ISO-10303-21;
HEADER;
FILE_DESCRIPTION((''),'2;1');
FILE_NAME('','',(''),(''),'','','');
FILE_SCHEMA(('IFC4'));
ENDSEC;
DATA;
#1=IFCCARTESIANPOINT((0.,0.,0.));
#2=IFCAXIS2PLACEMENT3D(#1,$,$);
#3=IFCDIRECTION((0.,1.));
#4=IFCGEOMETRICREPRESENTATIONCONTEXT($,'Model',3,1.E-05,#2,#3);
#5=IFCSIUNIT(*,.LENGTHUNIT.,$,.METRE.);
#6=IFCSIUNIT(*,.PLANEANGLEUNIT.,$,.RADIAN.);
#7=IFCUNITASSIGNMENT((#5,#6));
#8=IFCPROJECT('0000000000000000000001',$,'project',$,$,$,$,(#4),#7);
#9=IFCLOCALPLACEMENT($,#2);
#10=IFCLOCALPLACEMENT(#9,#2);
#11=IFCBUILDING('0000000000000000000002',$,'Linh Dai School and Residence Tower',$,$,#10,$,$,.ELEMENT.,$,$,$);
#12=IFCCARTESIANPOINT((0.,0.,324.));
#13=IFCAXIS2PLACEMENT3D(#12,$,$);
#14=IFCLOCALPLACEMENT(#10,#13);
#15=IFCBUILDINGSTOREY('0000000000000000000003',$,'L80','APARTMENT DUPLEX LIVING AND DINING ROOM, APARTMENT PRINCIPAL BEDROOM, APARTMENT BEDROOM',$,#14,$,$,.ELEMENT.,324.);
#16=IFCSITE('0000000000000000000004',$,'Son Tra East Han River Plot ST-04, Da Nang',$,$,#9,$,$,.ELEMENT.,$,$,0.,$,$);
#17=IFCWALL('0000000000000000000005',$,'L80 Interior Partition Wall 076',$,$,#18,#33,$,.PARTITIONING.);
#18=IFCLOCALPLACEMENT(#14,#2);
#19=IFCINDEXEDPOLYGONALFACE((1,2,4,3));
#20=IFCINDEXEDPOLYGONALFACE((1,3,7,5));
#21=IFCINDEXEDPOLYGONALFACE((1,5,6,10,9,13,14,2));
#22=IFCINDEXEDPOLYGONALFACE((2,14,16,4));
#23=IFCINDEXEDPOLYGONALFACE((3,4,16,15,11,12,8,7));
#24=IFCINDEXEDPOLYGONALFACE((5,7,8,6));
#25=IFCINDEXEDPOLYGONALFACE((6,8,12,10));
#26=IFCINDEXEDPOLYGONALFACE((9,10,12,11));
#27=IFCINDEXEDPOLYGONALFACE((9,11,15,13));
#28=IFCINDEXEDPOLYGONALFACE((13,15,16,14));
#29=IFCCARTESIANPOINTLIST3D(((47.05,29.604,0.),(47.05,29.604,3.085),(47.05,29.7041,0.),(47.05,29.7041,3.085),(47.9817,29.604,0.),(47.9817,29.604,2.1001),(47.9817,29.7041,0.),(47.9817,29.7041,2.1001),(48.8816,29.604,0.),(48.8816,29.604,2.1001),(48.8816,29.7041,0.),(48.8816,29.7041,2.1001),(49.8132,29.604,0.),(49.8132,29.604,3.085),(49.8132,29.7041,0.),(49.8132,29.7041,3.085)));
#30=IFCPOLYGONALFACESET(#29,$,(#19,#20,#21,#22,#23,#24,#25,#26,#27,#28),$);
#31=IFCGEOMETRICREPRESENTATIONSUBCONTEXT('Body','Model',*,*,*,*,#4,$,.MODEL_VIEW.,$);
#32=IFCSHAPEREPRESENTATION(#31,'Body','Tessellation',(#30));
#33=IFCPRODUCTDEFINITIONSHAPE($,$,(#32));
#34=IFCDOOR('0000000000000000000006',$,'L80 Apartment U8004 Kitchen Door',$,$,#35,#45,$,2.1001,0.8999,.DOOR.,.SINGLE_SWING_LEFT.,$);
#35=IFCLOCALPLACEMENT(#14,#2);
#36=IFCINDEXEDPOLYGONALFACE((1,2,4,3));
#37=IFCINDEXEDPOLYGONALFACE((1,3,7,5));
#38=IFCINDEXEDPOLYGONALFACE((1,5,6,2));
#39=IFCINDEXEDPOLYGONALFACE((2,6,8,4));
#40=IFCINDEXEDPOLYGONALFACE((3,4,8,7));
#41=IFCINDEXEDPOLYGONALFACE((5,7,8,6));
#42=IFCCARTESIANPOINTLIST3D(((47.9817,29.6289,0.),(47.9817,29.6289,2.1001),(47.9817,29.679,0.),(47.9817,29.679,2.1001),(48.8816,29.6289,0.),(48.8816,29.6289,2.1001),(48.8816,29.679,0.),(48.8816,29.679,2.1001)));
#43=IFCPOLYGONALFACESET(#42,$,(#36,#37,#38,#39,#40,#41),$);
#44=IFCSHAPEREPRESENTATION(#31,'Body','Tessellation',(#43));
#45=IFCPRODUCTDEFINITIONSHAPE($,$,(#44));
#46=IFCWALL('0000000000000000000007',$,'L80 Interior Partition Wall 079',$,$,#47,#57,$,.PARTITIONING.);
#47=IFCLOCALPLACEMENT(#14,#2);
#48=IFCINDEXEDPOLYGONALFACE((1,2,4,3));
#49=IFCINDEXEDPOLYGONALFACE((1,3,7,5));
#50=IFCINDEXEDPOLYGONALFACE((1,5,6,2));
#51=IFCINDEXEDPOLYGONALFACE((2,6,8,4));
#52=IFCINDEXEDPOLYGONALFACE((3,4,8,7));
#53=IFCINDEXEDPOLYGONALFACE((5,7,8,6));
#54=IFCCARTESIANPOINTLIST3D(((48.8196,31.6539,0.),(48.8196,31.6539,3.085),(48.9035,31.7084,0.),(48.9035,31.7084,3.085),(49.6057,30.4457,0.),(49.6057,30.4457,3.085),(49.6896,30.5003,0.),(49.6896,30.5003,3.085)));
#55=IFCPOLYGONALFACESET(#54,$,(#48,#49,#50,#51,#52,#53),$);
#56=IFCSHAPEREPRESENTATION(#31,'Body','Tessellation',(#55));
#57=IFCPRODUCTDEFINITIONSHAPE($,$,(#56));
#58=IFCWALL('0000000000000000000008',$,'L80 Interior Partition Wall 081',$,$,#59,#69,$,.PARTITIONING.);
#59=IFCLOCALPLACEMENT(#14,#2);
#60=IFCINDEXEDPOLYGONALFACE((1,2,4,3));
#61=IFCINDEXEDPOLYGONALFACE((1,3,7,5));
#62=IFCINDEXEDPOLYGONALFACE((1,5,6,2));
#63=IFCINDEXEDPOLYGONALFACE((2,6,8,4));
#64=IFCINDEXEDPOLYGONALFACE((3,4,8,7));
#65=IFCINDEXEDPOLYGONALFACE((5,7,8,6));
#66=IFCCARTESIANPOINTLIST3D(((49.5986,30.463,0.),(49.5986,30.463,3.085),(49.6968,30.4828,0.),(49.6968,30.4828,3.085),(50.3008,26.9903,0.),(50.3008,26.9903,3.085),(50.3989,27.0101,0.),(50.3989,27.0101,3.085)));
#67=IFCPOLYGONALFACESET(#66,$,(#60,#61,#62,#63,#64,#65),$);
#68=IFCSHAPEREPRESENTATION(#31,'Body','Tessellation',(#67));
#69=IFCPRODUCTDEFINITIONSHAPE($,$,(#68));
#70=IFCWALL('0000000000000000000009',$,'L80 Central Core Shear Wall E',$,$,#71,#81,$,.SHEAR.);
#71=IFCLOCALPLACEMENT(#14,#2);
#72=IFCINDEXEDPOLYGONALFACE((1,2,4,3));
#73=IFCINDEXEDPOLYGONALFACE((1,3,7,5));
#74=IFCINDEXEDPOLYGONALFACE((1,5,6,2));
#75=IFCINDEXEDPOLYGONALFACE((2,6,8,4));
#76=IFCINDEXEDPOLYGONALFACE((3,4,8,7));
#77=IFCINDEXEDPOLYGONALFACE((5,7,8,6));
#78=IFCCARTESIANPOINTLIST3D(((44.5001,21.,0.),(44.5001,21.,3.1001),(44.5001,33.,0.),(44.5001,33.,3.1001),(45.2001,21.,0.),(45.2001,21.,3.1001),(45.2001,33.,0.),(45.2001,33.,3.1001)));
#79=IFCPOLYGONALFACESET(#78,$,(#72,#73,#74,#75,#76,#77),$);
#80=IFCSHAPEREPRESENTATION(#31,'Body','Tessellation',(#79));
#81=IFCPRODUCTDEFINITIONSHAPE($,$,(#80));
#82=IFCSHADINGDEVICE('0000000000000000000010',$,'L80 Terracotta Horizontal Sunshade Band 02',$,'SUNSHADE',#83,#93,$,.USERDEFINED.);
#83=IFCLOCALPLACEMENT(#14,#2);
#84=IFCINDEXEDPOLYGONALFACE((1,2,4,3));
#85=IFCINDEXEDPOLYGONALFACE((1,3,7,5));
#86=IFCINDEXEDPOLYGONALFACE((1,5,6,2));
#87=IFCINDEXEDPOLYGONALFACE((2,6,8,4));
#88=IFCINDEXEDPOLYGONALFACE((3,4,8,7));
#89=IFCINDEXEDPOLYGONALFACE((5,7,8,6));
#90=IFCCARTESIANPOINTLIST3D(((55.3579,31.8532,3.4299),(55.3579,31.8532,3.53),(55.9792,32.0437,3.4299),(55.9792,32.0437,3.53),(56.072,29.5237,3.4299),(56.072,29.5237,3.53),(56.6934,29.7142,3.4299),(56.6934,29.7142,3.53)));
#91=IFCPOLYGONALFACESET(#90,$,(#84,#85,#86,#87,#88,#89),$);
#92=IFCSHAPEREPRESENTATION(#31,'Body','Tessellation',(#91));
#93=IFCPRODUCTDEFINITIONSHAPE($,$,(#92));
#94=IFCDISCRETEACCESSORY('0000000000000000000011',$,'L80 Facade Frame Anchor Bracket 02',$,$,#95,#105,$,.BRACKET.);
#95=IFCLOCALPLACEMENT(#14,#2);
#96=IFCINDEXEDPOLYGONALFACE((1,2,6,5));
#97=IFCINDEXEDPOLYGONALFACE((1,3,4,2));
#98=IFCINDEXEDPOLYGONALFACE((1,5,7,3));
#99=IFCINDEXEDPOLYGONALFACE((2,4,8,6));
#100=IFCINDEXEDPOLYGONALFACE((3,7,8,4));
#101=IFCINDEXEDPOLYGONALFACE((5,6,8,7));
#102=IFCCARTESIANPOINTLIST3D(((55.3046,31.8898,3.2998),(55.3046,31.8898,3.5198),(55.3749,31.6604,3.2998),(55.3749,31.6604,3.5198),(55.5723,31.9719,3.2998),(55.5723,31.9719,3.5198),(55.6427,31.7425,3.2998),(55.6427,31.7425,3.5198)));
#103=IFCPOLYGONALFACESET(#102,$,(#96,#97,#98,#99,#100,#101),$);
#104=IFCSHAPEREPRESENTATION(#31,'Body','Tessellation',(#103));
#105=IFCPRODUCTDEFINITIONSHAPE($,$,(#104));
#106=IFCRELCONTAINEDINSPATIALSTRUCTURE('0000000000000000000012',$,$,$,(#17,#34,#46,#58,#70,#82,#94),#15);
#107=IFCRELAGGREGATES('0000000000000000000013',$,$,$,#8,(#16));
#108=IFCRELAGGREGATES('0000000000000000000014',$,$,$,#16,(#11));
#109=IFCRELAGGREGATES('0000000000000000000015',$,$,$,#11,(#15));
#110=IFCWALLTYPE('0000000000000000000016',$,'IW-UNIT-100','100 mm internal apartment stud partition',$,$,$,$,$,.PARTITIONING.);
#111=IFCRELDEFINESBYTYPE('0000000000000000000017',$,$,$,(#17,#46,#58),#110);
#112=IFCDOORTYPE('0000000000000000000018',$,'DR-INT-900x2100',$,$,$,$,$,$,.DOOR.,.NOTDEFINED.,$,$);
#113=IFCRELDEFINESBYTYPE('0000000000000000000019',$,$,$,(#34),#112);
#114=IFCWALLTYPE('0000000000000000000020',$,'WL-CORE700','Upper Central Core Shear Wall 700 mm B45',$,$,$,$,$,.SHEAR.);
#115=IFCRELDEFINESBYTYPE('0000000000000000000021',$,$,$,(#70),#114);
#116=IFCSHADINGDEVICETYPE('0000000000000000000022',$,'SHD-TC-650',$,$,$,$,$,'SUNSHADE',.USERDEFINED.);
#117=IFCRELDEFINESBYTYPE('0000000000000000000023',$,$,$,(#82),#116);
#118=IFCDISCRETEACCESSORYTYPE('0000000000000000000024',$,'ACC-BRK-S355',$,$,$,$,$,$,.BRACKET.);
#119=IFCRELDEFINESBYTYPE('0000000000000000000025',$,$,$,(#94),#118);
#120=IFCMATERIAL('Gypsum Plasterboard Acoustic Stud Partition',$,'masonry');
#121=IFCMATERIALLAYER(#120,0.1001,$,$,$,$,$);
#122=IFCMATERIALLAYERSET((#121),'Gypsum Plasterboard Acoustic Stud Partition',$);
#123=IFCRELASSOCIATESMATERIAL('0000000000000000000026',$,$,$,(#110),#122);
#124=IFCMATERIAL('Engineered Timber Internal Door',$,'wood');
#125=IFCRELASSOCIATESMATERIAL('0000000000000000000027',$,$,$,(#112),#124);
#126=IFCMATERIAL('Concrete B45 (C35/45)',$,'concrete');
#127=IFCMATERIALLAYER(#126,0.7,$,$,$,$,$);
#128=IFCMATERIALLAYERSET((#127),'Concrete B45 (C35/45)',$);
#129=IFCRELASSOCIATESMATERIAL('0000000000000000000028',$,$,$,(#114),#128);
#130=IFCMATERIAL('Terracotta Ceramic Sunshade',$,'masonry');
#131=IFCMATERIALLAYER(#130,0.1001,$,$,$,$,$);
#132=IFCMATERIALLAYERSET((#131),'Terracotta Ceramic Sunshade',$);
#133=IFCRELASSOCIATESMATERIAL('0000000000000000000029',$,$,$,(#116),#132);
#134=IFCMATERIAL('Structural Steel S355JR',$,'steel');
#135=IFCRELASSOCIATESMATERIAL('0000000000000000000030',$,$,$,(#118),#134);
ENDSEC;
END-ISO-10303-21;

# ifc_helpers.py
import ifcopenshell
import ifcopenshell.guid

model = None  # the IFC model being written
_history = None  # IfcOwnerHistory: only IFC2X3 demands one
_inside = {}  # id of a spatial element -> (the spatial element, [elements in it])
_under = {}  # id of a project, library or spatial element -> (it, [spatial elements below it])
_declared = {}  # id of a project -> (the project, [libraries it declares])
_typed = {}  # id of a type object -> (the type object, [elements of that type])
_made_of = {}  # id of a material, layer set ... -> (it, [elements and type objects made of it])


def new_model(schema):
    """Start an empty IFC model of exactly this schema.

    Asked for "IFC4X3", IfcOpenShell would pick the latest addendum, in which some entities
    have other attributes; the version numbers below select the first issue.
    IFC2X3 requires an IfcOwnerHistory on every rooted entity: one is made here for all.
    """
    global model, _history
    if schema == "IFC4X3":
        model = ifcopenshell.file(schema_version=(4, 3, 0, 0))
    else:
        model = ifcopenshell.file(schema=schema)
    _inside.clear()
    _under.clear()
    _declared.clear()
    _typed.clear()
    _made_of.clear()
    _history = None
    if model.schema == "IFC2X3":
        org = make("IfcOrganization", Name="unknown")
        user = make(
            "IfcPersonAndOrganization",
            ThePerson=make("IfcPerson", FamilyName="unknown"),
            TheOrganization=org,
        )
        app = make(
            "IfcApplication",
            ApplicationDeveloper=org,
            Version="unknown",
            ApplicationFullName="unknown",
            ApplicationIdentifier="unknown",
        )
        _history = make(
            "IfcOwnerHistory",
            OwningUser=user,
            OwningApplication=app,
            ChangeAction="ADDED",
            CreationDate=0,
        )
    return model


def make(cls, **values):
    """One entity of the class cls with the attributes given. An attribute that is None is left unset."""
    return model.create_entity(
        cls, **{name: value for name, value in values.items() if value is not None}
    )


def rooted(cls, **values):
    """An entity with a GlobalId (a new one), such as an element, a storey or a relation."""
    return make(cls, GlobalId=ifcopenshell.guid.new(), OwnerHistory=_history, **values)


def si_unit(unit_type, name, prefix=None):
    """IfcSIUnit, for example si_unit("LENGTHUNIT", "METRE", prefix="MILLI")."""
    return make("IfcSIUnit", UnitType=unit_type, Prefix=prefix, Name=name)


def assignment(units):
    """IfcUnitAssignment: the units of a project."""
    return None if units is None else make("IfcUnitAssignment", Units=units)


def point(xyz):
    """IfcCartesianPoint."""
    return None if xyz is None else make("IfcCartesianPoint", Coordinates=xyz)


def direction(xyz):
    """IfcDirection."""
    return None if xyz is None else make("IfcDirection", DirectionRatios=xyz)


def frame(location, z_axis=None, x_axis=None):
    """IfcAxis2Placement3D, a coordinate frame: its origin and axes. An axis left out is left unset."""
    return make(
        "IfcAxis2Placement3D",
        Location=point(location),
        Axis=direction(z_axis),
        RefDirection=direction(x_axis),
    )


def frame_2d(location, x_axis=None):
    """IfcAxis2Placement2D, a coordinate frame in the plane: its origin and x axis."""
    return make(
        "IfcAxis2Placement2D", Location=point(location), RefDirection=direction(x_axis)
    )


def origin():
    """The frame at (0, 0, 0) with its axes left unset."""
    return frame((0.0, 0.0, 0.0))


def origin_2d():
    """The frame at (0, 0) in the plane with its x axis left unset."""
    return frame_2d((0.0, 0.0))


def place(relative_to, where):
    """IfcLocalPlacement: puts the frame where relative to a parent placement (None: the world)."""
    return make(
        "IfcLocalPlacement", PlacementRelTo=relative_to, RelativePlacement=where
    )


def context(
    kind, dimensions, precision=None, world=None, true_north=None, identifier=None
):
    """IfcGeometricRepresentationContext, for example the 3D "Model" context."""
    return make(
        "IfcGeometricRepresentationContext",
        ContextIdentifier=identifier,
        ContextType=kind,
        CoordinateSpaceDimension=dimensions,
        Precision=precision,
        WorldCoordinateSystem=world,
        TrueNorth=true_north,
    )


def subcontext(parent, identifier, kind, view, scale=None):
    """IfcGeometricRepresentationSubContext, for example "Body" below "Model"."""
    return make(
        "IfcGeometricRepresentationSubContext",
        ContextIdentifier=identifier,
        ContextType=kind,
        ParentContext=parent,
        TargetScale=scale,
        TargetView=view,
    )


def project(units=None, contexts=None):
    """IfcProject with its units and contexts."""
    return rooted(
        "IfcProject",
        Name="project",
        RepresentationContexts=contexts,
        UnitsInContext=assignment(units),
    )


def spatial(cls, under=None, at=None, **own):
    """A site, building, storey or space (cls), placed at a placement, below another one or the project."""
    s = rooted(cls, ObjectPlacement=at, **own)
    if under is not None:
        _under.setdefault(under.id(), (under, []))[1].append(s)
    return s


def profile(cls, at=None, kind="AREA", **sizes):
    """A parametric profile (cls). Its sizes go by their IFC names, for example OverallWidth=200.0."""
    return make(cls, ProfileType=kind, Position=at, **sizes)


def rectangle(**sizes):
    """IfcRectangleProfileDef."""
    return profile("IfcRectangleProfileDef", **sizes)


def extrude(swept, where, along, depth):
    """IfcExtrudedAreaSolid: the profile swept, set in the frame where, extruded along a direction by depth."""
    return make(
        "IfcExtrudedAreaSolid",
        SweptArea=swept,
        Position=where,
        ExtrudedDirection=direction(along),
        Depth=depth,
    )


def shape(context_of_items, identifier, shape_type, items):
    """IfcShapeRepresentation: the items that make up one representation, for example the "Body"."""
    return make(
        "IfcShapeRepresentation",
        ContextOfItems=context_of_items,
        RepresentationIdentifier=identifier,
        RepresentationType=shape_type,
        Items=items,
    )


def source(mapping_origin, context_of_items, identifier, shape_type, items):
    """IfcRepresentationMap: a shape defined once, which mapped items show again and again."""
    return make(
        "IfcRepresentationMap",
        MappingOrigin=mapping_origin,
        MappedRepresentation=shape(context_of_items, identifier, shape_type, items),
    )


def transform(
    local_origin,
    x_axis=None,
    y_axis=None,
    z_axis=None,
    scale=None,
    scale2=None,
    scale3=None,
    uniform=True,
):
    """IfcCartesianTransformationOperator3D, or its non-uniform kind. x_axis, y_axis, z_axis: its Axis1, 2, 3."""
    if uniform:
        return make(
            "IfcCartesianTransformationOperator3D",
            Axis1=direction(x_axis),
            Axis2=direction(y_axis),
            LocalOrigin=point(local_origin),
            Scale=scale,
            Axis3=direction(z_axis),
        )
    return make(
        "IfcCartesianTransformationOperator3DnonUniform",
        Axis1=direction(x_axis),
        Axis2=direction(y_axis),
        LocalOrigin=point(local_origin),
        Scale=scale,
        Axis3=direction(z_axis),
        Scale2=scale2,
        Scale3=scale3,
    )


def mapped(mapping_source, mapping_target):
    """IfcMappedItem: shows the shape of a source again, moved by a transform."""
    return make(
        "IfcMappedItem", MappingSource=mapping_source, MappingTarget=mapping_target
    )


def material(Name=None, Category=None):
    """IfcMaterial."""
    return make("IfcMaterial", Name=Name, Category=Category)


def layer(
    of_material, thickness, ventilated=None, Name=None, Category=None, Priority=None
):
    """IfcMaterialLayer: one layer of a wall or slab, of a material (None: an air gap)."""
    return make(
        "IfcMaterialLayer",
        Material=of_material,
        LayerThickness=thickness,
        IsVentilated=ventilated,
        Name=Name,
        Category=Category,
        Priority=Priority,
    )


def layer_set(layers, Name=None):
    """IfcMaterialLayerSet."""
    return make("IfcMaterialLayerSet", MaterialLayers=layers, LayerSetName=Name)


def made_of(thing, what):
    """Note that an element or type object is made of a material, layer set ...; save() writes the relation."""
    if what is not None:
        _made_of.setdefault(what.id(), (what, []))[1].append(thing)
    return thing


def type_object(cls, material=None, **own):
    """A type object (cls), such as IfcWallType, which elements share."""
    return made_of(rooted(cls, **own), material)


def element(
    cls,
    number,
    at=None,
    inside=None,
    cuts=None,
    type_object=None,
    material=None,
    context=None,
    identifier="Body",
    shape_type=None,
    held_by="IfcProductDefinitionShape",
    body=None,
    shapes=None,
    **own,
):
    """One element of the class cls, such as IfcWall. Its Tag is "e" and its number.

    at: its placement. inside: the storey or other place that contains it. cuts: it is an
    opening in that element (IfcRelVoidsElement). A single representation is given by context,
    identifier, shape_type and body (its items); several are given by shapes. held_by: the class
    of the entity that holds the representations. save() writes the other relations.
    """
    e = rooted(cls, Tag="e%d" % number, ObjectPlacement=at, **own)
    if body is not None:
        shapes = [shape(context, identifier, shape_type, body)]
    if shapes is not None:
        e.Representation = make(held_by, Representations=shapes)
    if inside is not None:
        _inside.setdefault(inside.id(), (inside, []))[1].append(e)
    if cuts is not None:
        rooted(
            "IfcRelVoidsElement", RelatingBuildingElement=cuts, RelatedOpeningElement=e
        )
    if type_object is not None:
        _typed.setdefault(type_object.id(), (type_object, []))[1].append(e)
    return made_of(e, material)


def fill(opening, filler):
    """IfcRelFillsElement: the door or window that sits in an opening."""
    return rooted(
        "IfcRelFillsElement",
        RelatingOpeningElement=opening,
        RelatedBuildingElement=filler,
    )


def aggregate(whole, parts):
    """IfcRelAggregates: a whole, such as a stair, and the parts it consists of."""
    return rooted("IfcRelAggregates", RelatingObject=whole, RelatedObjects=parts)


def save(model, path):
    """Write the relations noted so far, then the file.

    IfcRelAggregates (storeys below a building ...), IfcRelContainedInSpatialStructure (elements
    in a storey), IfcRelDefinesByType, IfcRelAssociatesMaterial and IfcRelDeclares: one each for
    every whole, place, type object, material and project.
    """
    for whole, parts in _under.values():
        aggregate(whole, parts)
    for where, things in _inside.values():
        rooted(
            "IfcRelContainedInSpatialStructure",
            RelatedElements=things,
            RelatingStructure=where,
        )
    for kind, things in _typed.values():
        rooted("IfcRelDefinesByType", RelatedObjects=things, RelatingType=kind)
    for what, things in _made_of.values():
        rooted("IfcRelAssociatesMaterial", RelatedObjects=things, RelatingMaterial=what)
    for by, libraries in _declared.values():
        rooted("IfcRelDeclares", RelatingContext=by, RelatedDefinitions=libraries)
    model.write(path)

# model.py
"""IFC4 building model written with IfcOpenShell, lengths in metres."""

from ifc_helpers import new_model, si_unit, direction, frame, frame_2d, origin, origin_2d, place, context, subcontext, project, spatial, rectangle, extrude, source, transform, mapped, material, layer, layer_set, type_object, element, fill, save


model = new_model("IFC4")

# Units and contexts
model_context = context("Model", 3, precision=1e-05, world=origin(), true_north=direction((0.0, 1.0)))
body_context = subcontext(model_context, "Body", "Model", "MODEL_VIEW")
ifc_project = project(units=[si_unit("LENGTHUNIT", "METRE"), si_unit("PLANEANGLEUNIT", "RADIAN")], contexts=[model_context])

# Site, building, storey
site_placement = place(None, origin())
site = spatial("IfcSite", under=ifc_project, at=site_placement, Name="Son Tra East Han River Plot ST-04, Da Nang", CompositionType="ELEMENT", RefElevation=0.0)
building_placement = place(site_placement, origin())
building = spatial("IfcBuilding", under=site, at=building_placement, Name="Linh Dai School and Residence Tower", CompositionType="ELEMENT")
storey_placement = place(building_placement, frame((0.0, 0.0, 324.0)))
storey = spatial("IfcBuildingStorey", under=building, at=storey_placement, Name="L80", Description="APARTMENT DUPLEX LIVING AND DINING ROOM, APARTMENT PRINCIPAL BEDROOM, APARTMENT BEDROOM", CompositionType="ELEMENT", Elevation=324.0)

# Shared definitions
ifc_material_1 = material(Name="Concrete B45 (C35/45)", Category="concrete")
ifc_material_2 = material(Name="Structural Steel S355JR", Category="steel")

# Wall, opening, door
ifc_material_3 = material(Name="Gypsum Plasterboard Acoustic Stud Partition", Category="masonry")
ifc_layer_1 = layer(ifc_material_3, 0.1001)
ifc_layer_set_1 = layer_set([ifc_layer_1], Name="Gypsum Plasterboard Acoustic Stud Partition")
wall_type_1 = type_object("IfcWallType", Name="IW-UNIT-100", Description="100 mm internal apartment stud partition", PredefinedType="PARTITIONING", material=ifc_layer_set_1)
wall_1_placement = place(storey_placement, frame((47.05, 29.6541, 0.0), z_axis=(0.0, 0.0, 1.0), x_axis=(1.0, 0.0, 0.0)))
wall_1 = element("IfcWall", 1, at=wall_1_placement, inside=storey, type_object=wall_type_1, Name="L80 Interior Partition Wall 076", PredefinedType="PARTITIONING", context=body_context, shape_type="SweptSolid", body=[
    extrude(rectangle(XDim=2.7632, YDim=0.1001, at=frame_2d((1.3816, 0.0))), origin(), (0.0, 0.0, 1.0), 3.085),
])
opening_1_placement = place(wall_1_placement, frame((0.9316, 0.0, 0.0)))
opening_1 = element("IfcOpeningElement", 2, at=opening_1_placement, cuts=wall_1, PredefinedType="OPENING", context=body_context, shape_type="SweptSolid", body=[
    extrude(rectangle(XDim=0.8999, YDim=2.1001, at=origin_2d()), frame((0.45, 0.0601, 1.05), z_axis=(0.0, -1.0, 0.0), x_axis=(1.0, 0.0, 0.0)), (0.0, 0.0, 1.0), 0.1201),
])
ifc_material_4 = material(Name="Engineered Timber Internal Door", Category="wood")
door_type = type_object("IfcDoorType", Name="DR-INT-900x2100", OperationType="NOTDEFINED", PredefinedType="DOOR", material=ifc_material_4)
shared_shape_1 = source(origin(), body_context, "Body", "SweptSolid", [
    extrude(rectangle(XDim=0.8999, YDim=2.1001, at=origin_2d()), frame((0.45, 0.0249, 1.05), z_axis=(0.0, -1.0, 0.0), x_axis=(1.0, 0.0, 0.0)), (0.0, 0.0, 1.0), 0.05),
])
door_placement = place(opening_1_placement, origin())
door = element("IfcDoor", 3, at=door_placement, inside=storey, type_object=door_type, Name="L80 Apartment U8004 Kitchen Door", OperationType="SINGLE_SWING_LEFT", OverallHeight=2.1001, OverallWidth=0.8999, PredefinedType="DOOR", context=body_context, shape_type="MappedRepresentation", body=[
    mapped(shared_shape_1, transform((0.0, 0.0, 0.0), x_axis=(1.0, 0.0, 0.0), y_axis=(0.0, 1.0, 0.0), z_axis=(0.0, 0.0, 1.0), scale=1.0)),
])
fill(opening_1, door)

# Walls
wall_2_placement = place(storey_placement, frame((48.8616, 31.6812, 0.0), z_axis=(0.0, 0.0, 1.0), x_axis=(0.545363, -0.8382, 0.0)))
element("IfcWall", 4, at=wall_2_placement, inside=storey, type_object=wall_type_1, Name="L80 Interior Partition Wall 079", PredefinedType="PARTITIONING", context=body_context, shape_type="SweptSolid", body=[
    extrude(rectangle(XDim=1.4414, YDim=0.1001, at=frame_2d((0.7207, 0.0))), origin(), (0.0, 0.0, 1.0), 3.085),
])
wall_3_placement = place(storey_placement, frame((49.6477, 30.4729, 0.0), z_axis=(0.0, 0.0, 1.0), x_axis=(0.198183, -0.980165, 0.0)))
element("IfcWall", 5, at=wall_3_placement, inside=storey, type_object=wall_type_1, Name="L80 Interior Partition Wall 081", PredefinedType="PARTITIONING", context=body_context, shape_type="SweptSolid", body=[
    extrude(rectangle(XDim=3.543, YDim=0.1001, at=frame_2d((1.7715, 0.0))), origin(), (0.0, 0.0, 1.0), 3.085),
])
ifc_layer_2 = layer(ifc_material_1, 0.7)
ifc_layer_set_2 = layer_set([ifc_layer_2], Name="Concrete B45 (C35/45)")
wall_type_2 = type_object("IfcWallType", Name="WL-CORE700", Description="Upper Central Core Shear Wall 700 mm B45", PredefinedType="SHEAR", material=ifc_layer_set_2)
wall_4_placement = place(storey_placement, frame((44.8501, 33.0, 0.0), z_axis=(0.0, 0.0, 1.0), x_axis=(0.0, -1.0, 0.0)))
element("IfcWall", 6, at=wall_4_placement, inside=storey, type_object=wall_type_2, Name="L80 Central Core Shear Wall E", PredefinedType="SHEAR", context=body_context, shape_type="SweptSolid", body=[
    extrude(rectangle(XDim=12.0, YDim=0.7, at=frame_2d((6.0, 0.0))), origin(), (0.0, 0.0, 1.0), 3.1001),
])

# Shading device
ifc_material_5 = material(Name="Terracotta Ceramic Sunshade", Category="masonry")
ifc_layer_3 = layer(ifc_material_5, 0.1001)
ifc_layer_set_3 = layer_set([ifc_layer_3], Name="Terracotta Ceramic Sunshade")
shading_device_type = type_object("IfcShadingDeviceType", Name="SHD-TC-650", ElementType="SUNSHADE", PredefinedType="USERDEFINED", material=ifc_layer_set_3)
shared_shape_2 = source(origin(), body_context, "Body", "SweptSolid", [
    extrude(rectangle(XDim=2.4365, YDim=0.6499, at=origin_2d()), origin(), (0.0, 0.0, 1.0), 0.1001),
])
shading_device_placement = place(storey_placement, frame((56.0256, 30.7837, 3.4299), z_axis=(0.0, 0.0, 1.0), x_axis=(0.293095, -0.956083, 0.0)))
element("IfcShadingDevice", 7, at=shading_device_placement, inside=storey, type_object=shading_device_type, Name="L80 Terracotta Horizontal Sunshade Band 02", ObjectType="SUNSHADE", PredefinedType="USERDEFINED", context=body_context, shape_type="MappedRepresentation", body=[
    mapped(shared_shape_2, transform((0.0, 0.0, 0.0), x_axis=(1.0, 0.0, 0.0), y_axis=(0.0, 1.0, 0.0), z_axis=(0.0, 0.0, 1.0), scale=1.0)),
])

# Discrete accessory
discrete_accessory_type = type_object("IfcDiscreteAccessoryType", Name="ACC-BRK-S355", PredefinedType="BRACKET", material=ifc_material_2)
shared_shape_3 = source(origin(), body_context, "Body", "SweptSolid", [
    extrude(rectangle(XDim=0.28, YDim=0.24, at=origin_2d()), origin(), (0.0, 0.0, 1.0), 0.22),
])
discrete_accessory_placement = place(storey_placement, frame((55.4736, 31.8162, 3.2998), z_axis=(0.0, 0.0, 1.0), x_axis=(0.956083, 0.293095, 0.0)))
element("IfcDiscreteAccessory", 8, at=discrete_accessory_placement, inside=storey, type_object=discrete_accessory_type, Name="L80 Facade Frame Anchor Bracket 02", PredefinedType="BRACKET", context=body_context, shape_type="MappedRepresentation", body=[
    mapped(shared_shape_3, transform((0.0, 0.0, 0.0), x_axis=(1.0, 0.0, 0.0), y_axis=(0.0, 1.0, 0.0), z_axis=(0.0, 0.0, 1.0), scale=1.0)),
])

save(model, "model.ifc")
